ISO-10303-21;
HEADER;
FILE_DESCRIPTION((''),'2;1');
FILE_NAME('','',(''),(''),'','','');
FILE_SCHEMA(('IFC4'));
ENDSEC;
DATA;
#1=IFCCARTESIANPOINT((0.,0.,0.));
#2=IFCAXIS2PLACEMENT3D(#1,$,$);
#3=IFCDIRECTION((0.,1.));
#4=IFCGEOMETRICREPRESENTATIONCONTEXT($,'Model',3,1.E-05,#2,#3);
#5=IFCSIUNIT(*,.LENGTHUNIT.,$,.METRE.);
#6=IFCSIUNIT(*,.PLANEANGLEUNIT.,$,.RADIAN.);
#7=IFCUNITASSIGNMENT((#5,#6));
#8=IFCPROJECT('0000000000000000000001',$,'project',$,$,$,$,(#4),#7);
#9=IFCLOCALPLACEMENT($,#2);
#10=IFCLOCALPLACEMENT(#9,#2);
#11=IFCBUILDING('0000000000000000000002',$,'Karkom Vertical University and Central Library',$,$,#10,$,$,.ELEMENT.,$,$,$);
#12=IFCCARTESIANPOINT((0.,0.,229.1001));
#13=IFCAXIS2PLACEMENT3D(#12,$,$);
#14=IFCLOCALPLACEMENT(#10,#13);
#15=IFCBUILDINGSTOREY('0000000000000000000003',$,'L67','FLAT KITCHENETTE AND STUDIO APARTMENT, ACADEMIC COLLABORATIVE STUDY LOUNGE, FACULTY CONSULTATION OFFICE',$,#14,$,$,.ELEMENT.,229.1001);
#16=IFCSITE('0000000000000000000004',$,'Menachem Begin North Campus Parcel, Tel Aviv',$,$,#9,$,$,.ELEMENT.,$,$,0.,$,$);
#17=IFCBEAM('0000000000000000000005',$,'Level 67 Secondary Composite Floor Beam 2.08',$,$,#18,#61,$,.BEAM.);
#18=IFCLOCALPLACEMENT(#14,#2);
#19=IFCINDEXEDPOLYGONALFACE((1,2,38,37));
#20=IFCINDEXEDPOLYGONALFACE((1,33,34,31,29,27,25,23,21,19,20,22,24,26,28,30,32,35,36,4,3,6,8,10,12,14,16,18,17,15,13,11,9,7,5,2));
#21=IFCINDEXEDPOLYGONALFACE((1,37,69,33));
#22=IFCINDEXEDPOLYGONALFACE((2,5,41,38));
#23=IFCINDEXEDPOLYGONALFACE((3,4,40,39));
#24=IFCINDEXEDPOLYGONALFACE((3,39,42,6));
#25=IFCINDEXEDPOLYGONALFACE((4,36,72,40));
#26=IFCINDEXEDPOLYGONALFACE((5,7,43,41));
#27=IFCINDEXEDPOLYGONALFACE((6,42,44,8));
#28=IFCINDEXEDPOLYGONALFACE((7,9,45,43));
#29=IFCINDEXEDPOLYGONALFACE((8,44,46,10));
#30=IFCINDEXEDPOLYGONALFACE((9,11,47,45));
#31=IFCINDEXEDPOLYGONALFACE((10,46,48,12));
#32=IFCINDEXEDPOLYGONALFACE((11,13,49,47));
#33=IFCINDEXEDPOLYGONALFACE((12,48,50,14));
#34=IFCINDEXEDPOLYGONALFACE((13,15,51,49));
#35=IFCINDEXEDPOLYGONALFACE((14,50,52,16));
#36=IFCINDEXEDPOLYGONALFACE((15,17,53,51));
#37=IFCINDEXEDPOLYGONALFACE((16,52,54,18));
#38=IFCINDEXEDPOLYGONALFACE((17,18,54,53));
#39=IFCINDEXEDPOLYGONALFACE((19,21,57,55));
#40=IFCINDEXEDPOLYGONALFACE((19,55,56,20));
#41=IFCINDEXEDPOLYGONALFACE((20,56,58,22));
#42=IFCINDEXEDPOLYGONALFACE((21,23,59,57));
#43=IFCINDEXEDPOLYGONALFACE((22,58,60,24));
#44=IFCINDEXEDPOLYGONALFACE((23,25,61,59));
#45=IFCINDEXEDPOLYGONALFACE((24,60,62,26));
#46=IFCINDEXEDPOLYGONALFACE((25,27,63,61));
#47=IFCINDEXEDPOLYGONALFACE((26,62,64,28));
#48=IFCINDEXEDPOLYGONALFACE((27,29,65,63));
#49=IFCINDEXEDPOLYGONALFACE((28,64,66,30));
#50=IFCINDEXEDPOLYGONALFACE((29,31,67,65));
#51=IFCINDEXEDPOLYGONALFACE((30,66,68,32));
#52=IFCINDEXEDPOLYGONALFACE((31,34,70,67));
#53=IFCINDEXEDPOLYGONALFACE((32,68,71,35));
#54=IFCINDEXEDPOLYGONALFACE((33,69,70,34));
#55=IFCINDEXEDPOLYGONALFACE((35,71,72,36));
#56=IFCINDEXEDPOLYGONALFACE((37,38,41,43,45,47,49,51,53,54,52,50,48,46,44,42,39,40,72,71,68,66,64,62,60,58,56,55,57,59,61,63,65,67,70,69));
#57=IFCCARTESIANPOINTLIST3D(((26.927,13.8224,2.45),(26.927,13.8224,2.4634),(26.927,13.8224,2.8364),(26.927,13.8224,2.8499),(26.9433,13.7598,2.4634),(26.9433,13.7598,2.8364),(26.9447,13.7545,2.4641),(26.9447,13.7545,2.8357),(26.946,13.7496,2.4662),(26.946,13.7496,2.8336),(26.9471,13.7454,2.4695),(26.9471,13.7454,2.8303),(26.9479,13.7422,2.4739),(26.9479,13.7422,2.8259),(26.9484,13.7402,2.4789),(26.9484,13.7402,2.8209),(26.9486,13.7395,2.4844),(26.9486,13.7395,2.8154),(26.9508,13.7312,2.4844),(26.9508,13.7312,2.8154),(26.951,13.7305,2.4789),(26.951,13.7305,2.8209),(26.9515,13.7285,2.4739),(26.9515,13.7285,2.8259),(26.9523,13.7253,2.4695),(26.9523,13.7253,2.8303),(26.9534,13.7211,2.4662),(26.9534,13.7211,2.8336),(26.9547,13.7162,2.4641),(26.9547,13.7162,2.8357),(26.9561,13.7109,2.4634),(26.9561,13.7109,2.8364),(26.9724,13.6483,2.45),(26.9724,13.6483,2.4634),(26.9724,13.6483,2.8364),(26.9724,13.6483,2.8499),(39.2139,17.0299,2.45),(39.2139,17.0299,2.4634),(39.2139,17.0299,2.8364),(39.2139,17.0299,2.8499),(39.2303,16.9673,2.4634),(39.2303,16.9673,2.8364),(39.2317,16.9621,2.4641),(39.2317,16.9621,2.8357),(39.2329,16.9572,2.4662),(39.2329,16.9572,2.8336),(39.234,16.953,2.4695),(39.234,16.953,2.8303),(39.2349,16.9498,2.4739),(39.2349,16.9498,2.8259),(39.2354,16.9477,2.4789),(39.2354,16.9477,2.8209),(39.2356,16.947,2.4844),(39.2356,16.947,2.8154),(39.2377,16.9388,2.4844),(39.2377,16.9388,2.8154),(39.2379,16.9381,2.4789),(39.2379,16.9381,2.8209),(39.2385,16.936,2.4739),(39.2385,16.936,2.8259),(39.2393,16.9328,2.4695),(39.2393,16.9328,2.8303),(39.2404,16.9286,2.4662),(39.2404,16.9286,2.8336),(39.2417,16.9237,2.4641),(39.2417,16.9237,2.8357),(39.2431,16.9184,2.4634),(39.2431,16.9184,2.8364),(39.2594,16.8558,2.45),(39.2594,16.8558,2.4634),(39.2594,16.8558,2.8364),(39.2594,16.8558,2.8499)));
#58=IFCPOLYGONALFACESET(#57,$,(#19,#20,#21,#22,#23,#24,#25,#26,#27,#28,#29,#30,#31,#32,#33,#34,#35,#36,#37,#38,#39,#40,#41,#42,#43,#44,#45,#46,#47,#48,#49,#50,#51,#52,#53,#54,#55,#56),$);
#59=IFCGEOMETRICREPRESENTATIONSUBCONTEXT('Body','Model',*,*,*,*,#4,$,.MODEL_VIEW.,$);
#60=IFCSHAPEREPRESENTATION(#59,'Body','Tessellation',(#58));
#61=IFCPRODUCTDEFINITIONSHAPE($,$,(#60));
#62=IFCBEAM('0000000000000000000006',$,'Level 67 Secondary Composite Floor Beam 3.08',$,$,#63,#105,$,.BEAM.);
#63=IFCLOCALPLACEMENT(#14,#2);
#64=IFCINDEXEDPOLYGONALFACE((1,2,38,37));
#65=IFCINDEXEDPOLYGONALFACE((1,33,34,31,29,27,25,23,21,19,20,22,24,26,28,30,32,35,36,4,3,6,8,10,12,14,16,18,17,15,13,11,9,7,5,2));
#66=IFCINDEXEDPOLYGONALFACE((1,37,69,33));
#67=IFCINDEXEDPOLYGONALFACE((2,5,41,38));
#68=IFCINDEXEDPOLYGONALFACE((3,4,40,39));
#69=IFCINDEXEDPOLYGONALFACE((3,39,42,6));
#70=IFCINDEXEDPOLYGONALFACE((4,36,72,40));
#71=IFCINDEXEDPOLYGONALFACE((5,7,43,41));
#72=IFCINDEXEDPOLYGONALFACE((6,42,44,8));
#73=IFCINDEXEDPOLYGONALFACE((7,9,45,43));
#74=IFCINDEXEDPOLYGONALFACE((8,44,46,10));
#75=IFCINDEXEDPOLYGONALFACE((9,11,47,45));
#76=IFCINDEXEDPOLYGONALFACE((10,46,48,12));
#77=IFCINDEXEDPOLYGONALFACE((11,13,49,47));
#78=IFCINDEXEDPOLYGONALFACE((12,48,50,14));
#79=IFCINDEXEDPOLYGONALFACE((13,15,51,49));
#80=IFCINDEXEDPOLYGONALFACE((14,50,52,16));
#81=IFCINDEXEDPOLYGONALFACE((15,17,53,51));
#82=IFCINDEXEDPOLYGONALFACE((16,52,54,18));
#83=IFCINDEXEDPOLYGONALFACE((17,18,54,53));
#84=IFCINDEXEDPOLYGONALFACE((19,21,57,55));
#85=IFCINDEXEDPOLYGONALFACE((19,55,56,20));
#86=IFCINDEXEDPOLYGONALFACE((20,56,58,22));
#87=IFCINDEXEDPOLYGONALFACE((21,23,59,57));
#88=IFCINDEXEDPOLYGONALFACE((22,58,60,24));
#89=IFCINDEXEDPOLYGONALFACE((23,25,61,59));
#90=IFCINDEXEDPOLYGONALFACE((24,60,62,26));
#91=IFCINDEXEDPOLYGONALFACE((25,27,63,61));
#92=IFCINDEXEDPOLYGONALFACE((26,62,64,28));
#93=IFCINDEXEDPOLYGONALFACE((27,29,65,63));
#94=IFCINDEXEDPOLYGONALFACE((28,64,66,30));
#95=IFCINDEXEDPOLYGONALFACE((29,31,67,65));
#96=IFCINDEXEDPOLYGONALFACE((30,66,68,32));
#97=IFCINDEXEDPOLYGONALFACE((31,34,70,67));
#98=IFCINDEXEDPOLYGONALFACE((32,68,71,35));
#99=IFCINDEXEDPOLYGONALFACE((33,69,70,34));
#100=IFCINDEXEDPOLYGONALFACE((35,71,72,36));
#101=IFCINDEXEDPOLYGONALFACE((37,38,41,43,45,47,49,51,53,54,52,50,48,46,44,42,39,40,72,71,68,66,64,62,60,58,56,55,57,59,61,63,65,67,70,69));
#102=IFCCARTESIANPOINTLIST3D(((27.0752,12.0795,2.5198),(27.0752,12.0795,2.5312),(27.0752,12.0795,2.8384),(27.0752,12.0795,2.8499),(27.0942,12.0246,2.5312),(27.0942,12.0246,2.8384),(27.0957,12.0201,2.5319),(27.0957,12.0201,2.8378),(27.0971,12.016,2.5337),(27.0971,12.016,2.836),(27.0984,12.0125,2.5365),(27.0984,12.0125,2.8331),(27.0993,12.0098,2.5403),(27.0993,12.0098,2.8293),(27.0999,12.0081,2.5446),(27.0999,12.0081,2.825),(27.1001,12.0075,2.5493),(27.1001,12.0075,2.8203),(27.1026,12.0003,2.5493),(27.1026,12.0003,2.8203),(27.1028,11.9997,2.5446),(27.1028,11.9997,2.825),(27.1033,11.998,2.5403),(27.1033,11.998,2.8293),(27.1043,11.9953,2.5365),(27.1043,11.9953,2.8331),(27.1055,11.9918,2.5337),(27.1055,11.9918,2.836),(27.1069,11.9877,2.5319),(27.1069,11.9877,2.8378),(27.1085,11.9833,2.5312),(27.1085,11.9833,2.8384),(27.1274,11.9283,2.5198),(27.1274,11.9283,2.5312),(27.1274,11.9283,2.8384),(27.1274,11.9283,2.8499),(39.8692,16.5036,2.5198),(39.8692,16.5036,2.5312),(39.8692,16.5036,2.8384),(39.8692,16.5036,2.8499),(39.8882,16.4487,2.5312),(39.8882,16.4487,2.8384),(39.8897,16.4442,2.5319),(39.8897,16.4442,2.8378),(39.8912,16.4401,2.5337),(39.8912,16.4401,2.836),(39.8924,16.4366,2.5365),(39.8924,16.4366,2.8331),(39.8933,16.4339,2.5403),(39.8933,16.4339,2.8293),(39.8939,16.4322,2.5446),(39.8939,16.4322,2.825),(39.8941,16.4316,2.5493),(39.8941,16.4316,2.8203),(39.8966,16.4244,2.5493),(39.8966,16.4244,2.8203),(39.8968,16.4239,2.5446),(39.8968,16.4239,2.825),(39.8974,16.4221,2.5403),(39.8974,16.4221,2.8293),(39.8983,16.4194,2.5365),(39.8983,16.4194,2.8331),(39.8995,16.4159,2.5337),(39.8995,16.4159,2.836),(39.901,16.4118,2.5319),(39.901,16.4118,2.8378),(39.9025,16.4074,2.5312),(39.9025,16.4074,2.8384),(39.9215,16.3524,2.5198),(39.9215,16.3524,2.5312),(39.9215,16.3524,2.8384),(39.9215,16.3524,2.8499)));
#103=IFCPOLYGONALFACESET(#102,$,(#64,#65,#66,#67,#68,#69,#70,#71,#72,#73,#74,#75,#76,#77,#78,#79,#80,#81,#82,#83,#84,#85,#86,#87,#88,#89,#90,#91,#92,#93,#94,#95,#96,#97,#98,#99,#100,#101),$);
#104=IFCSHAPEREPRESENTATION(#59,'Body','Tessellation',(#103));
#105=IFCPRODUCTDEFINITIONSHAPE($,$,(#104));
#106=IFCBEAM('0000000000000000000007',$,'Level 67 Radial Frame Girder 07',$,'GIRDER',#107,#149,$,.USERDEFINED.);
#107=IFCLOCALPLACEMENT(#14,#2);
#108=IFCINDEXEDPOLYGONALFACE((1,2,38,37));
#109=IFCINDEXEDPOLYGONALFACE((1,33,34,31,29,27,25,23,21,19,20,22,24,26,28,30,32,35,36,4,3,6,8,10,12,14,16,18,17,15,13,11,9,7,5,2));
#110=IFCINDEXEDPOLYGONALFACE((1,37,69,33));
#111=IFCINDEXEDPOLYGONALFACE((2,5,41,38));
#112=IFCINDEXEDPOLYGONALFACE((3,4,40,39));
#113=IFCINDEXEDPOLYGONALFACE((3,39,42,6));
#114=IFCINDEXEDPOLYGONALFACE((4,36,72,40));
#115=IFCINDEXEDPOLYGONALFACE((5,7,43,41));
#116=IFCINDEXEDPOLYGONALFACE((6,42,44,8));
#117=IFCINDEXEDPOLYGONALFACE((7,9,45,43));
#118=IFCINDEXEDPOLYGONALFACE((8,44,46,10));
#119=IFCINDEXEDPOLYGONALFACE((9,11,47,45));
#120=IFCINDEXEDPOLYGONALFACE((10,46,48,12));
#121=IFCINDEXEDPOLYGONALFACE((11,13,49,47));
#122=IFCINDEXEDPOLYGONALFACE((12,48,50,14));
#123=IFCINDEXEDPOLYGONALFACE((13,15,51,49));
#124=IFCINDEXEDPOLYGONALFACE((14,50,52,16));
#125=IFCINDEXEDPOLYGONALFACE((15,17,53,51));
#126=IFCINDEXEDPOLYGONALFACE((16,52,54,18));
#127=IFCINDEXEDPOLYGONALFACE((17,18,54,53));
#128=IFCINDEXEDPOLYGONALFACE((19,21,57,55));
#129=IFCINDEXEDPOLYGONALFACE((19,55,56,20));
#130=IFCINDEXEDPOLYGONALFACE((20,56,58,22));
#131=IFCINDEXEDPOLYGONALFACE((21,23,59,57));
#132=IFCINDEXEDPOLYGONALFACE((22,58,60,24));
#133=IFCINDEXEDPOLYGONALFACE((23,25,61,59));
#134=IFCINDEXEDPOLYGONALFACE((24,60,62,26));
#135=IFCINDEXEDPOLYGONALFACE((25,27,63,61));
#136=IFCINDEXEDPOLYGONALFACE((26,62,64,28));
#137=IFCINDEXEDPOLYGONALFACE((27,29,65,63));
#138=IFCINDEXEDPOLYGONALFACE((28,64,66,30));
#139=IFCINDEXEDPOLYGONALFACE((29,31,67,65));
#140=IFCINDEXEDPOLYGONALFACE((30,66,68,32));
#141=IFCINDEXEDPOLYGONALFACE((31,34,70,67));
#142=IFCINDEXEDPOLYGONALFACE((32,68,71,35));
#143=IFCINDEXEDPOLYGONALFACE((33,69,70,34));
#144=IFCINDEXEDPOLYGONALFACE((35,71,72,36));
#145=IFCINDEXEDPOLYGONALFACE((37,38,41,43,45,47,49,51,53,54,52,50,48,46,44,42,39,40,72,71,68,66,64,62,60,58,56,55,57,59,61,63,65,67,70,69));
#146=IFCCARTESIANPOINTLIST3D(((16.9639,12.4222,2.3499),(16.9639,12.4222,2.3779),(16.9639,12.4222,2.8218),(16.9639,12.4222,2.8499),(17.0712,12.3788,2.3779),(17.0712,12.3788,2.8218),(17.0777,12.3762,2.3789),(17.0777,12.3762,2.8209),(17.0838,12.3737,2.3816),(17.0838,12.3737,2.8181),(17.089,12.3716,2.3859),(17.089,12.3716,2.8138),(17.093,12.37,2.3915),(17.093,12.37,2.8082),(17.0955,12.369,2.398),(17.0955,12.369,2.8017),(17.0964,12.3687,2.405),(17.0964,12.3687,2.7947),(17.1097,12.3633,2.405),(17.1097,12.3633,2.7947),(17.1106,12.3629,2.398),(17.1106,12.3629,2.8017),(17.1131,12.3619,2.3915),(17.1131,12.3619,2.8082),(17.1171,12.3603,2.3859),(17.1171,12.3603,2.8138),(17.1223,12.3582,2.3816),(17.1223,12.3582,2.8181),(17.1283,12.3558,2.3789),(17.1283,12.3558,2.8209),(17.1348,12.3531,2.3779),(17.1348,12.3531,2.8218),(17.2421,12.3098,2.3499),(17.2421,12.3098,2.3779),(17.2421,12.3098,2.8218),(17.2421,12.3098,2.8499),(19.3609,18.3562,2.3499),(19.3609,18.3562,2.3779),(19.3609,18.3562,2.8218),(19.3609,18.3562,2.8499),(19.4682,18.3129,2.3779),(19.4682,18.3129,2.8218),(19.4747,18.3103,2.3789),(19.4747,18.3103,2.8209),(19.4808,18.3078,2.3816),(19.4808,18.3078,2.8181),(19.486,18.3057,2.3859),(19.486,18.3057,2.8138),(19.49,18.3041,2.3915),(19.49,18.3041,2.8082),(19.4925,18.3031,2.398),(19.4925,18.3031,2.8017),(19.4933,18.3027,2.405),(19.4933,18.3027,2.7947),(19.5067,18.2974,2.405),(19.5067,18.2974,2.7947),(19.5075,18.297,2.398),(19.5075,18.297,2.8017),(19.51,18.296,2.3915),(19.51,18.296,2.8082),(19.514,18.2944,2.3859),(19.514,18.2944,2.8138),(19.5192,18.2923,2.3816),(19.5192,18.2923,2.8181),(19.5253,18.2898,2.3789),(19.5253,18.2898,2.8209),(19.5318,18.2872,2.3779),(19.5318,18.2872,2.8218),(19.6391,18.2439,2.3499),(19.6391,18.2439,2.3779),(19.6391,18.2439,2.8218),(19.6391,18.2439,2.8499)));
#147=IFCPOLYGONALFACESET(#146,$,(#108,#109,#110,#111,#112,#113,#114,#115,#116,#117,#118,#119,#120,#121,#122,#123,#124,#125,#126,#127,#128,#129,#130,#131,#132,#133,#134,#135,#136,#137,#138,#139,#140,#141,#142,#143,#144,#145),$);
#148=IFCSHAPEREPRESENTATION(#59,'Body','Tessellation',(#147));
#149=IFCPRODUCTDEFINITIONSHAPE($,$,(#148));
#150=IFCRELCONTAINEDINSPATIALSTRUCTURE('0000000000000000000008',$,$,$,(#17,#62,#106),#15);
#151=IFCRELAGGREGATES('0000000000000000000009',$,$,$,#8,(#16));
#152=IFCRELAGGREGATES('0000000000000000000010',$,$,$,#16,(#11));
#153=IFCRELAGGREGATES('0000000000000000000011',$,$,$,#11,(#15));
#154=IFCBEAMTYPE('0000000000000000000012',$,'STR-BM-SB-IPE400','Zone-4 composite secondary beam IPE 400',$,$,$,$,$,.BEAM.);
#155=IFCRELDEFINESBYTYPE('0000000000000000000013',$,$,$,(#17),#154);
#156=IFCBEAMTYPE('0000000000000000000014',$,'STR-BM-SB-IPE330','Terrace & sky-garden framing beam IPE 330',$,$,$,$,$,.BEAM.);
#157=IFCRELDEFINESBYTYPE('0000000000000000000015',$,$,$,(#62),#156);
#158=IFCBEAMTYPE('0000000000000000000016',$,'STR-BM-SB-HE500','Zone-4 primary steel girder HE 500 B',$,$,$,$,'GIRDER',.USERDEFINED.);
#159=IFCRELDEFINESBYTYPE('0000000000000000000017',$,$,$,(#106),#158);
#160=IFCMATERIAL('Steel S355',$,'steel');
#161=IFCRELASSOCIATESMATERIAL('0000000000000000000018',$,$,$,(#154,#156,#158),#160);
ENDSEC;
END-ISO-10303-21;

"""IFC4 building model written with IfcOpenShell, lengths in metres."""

from ifc_helpers import new_model, si_unit, direction, frame, origin, origin_with_axes, origin_2d, place, context, subcontext, project, spatial, i_section, extrude, source, transform, mapped, material, material_profile, profile_set, type_object, element, save


model = new_model("IFC4")

# Units and contexts
model_context = context("Model", 3, precision=1e-05, world=origin(), true_north=direction((0.0, 1.0)))
body_context = subcontext(model_context, "Body", "Model", "MODEL_VIEW")
ifc_project = project(units=[si_unit("LENGTHUNIT", "METRE"), si_unit("PLANEANGLEUNIT", "RADIAN")], contexts=[model_context])

# Site, building, storey
site_placement = place(None, origin())
site = spatial("IfcSite", under=ifc_project, at=site_placement, Name="Menachem Begin North Campus Parcel, Tel Aviv", CompositionType="ELEMENT", RefElevation=0.0)
building_placement = place(site_placement, origin())
building = spatial("IfcBuilding", under=site, at=building_placement, Name="Karkom Vertical University and Central Library", CompositionType="ELEMENT")
storey_placement = place(building_placement, frame((0.0, 0.0, 229.1001)))
storey = spatial("IfcBuildingStorey", under=building, at=storey_placement, Name="L67", Description="FLAT KITCHENETTE AND STUDIO APARTMENT, ACADEMIC COLLABORATIVE STUDY LOUNGE, FACULTY CONSULTATION OFFICE", CompositionType="ELEMENT", Elevation=229.1001)

# Beams
ifc_material_1 = material(Name="Steel S355", Category="steel")
ifc_material_profile_1 = material_profile(ifc_material_1, i_section(OverallWidth=0.1799, OverallDepth=0.3999, WebThickness=0.0085, FlangeThickness=0.0134, FilletRadius=0.021, at=origin_2d()), Name="IPE 400")
ifc_profile_set_1 = profile_set([ifc_material_profile_1], Name="Steel S355")
beam_type_1 = type_object("IfcBeamType", Name="STR-BM-SB-IPE400", Description="Zone-4 composite secondary beam IPE 400", PredefinedType="BEAM", material=ifc_profile_set_1)
shared_shape_1 = source(origin_with_axes(), body_context, "Body", "SweptSolid", [
    extrude(i_section(OverallWidth=0.1799, OverallDepth=0.3999, WebThickness=0.0085, FlangeThickness=0.0134, FilletRadius=0.021, at=origin_2d()), origin(), (0.0, 0.0, 1.0), 12.6987),
])
beam_1_placement = place(storey_placement, frame((26.9497, 13.7354, 2.6499), z_axis=(0.967574, 0.252588, 0.0), x_axis=(-0.252588, 0.967574, 0.0)))
element("IfcBeam", 1, at=beam_1_placement, inside=storey, type_object=beam_type_1, Name="Level 67 Secondary Composite Floor Beam 2.08", PredefinedType="BEAM", context=body_context, shape_type="MappedRepresentation", body=[
    mapped(shared_shape_1, transform((0.0, 0.0, 0.0), scale=1.0)),
])
ifc_material_profile_2 = material_profile(ifc_material_1, i_section(OverallWidth=0.1599, OverallDepth=0.3301, WebThickness=0.0076, FlangeThickness=0.0115, FilletRadius=0.0181, at=origin_2d()), Name="IPE 330")
ifc_profile_set_2 = profile_set([ifc_material_profile_2], Name="Steel S355")
beam_type_2 = type_object("IfcBeamType", Name="STR-BM-SB-IPE330", Description="Terrace & sky-garden framing beam IPE 330", PredefinedType="BEAM", material=ifc_profile_set_2)
shared_shape_2 = source(origin_with_axes(), body_context, "Body", "SweptSolid", [
    extrude(i_section(OverallWidth=0.1599, OverallDepth=0.3301, WebThickness=0.0076, FlangeThickness=0.0115, FilletRadius=0.0181, at=origin_2d()), origin(), (0.0, 0.0, 1.0), 13.5374),
])
beam_2_placement = place(storey_placement, frame((27.1013, 12.0039, 2.6848), z_axis=(0.945091, 0.326807, 0.0), x_axis=(-0.326807, 0.945091, 0.0)))
element("IfcBeam", 2, at=beam_2_placement, inside=storey, type_object=beam_type_2, Name="Level 67 Secondary Composite Floor Beam 3.08", PredefinedType="BEAM", context=body_context, shape_type="MappedRepresentation", body=[
    mapped(shared_shape_2, transform((0.0, 0.0, 0.0), scale=1.0)),
])
ifc_material_profile_3 = material_profile(ifc_material_1, i_section(OverallWidth=0.3, OverallDepth=0.5, WebThickness=0.0144, FlangeThickness=0.0281, FilletRadius=0.0271, at=origin_2d()), Name="HE 500 B")
ifc_profile_set_3 = profile_set([ifc_material_profile_3], Name="Steel S355")
beam_type_3 = type_object("IfcBeamType", Name="STR-BM-SB-HE500", Description="Zone-4 primary steel girder HE 500 B", ElementType="GIRDER", PredefinedType="USERDEFINED", material=ifc_profile_set_3)
shared_shape_3 = source(origin_with_axes(), body_context, "Body", "SweptSolid", [
    extrude(i_section(OverallWidth=0.3, OverallDepth=0.5, WebThickness=0.0144, FlangeThickness=0.0281, FilletRadius=0.0271, at=origin_2d()), origin(), (0.0, 0.0, 1.0), 6.3999),
])
beam_3_placement = place(storey_placement, frame((19.5, 18.3, 2.5999), z_axis=(-0.374532, -0.927214, 0.0), x_axis=(0.927214, -0.374532, 0.0)))
element("IfcBeam", 3, at=beam_3_placement, inside=storey, type_object=beam_type_3, Name="Level 67 Radial Frame Girder 07", ObjectType="GIRDER", PredefinedType="USERDEFINED", context=body_context, shape_type="MappedRepresentation", body=[
    mapped(shared_shape_3, transform((0.0, 0.0, 0.0), scale=1.0)),
])

save(model, "model.ifc")
